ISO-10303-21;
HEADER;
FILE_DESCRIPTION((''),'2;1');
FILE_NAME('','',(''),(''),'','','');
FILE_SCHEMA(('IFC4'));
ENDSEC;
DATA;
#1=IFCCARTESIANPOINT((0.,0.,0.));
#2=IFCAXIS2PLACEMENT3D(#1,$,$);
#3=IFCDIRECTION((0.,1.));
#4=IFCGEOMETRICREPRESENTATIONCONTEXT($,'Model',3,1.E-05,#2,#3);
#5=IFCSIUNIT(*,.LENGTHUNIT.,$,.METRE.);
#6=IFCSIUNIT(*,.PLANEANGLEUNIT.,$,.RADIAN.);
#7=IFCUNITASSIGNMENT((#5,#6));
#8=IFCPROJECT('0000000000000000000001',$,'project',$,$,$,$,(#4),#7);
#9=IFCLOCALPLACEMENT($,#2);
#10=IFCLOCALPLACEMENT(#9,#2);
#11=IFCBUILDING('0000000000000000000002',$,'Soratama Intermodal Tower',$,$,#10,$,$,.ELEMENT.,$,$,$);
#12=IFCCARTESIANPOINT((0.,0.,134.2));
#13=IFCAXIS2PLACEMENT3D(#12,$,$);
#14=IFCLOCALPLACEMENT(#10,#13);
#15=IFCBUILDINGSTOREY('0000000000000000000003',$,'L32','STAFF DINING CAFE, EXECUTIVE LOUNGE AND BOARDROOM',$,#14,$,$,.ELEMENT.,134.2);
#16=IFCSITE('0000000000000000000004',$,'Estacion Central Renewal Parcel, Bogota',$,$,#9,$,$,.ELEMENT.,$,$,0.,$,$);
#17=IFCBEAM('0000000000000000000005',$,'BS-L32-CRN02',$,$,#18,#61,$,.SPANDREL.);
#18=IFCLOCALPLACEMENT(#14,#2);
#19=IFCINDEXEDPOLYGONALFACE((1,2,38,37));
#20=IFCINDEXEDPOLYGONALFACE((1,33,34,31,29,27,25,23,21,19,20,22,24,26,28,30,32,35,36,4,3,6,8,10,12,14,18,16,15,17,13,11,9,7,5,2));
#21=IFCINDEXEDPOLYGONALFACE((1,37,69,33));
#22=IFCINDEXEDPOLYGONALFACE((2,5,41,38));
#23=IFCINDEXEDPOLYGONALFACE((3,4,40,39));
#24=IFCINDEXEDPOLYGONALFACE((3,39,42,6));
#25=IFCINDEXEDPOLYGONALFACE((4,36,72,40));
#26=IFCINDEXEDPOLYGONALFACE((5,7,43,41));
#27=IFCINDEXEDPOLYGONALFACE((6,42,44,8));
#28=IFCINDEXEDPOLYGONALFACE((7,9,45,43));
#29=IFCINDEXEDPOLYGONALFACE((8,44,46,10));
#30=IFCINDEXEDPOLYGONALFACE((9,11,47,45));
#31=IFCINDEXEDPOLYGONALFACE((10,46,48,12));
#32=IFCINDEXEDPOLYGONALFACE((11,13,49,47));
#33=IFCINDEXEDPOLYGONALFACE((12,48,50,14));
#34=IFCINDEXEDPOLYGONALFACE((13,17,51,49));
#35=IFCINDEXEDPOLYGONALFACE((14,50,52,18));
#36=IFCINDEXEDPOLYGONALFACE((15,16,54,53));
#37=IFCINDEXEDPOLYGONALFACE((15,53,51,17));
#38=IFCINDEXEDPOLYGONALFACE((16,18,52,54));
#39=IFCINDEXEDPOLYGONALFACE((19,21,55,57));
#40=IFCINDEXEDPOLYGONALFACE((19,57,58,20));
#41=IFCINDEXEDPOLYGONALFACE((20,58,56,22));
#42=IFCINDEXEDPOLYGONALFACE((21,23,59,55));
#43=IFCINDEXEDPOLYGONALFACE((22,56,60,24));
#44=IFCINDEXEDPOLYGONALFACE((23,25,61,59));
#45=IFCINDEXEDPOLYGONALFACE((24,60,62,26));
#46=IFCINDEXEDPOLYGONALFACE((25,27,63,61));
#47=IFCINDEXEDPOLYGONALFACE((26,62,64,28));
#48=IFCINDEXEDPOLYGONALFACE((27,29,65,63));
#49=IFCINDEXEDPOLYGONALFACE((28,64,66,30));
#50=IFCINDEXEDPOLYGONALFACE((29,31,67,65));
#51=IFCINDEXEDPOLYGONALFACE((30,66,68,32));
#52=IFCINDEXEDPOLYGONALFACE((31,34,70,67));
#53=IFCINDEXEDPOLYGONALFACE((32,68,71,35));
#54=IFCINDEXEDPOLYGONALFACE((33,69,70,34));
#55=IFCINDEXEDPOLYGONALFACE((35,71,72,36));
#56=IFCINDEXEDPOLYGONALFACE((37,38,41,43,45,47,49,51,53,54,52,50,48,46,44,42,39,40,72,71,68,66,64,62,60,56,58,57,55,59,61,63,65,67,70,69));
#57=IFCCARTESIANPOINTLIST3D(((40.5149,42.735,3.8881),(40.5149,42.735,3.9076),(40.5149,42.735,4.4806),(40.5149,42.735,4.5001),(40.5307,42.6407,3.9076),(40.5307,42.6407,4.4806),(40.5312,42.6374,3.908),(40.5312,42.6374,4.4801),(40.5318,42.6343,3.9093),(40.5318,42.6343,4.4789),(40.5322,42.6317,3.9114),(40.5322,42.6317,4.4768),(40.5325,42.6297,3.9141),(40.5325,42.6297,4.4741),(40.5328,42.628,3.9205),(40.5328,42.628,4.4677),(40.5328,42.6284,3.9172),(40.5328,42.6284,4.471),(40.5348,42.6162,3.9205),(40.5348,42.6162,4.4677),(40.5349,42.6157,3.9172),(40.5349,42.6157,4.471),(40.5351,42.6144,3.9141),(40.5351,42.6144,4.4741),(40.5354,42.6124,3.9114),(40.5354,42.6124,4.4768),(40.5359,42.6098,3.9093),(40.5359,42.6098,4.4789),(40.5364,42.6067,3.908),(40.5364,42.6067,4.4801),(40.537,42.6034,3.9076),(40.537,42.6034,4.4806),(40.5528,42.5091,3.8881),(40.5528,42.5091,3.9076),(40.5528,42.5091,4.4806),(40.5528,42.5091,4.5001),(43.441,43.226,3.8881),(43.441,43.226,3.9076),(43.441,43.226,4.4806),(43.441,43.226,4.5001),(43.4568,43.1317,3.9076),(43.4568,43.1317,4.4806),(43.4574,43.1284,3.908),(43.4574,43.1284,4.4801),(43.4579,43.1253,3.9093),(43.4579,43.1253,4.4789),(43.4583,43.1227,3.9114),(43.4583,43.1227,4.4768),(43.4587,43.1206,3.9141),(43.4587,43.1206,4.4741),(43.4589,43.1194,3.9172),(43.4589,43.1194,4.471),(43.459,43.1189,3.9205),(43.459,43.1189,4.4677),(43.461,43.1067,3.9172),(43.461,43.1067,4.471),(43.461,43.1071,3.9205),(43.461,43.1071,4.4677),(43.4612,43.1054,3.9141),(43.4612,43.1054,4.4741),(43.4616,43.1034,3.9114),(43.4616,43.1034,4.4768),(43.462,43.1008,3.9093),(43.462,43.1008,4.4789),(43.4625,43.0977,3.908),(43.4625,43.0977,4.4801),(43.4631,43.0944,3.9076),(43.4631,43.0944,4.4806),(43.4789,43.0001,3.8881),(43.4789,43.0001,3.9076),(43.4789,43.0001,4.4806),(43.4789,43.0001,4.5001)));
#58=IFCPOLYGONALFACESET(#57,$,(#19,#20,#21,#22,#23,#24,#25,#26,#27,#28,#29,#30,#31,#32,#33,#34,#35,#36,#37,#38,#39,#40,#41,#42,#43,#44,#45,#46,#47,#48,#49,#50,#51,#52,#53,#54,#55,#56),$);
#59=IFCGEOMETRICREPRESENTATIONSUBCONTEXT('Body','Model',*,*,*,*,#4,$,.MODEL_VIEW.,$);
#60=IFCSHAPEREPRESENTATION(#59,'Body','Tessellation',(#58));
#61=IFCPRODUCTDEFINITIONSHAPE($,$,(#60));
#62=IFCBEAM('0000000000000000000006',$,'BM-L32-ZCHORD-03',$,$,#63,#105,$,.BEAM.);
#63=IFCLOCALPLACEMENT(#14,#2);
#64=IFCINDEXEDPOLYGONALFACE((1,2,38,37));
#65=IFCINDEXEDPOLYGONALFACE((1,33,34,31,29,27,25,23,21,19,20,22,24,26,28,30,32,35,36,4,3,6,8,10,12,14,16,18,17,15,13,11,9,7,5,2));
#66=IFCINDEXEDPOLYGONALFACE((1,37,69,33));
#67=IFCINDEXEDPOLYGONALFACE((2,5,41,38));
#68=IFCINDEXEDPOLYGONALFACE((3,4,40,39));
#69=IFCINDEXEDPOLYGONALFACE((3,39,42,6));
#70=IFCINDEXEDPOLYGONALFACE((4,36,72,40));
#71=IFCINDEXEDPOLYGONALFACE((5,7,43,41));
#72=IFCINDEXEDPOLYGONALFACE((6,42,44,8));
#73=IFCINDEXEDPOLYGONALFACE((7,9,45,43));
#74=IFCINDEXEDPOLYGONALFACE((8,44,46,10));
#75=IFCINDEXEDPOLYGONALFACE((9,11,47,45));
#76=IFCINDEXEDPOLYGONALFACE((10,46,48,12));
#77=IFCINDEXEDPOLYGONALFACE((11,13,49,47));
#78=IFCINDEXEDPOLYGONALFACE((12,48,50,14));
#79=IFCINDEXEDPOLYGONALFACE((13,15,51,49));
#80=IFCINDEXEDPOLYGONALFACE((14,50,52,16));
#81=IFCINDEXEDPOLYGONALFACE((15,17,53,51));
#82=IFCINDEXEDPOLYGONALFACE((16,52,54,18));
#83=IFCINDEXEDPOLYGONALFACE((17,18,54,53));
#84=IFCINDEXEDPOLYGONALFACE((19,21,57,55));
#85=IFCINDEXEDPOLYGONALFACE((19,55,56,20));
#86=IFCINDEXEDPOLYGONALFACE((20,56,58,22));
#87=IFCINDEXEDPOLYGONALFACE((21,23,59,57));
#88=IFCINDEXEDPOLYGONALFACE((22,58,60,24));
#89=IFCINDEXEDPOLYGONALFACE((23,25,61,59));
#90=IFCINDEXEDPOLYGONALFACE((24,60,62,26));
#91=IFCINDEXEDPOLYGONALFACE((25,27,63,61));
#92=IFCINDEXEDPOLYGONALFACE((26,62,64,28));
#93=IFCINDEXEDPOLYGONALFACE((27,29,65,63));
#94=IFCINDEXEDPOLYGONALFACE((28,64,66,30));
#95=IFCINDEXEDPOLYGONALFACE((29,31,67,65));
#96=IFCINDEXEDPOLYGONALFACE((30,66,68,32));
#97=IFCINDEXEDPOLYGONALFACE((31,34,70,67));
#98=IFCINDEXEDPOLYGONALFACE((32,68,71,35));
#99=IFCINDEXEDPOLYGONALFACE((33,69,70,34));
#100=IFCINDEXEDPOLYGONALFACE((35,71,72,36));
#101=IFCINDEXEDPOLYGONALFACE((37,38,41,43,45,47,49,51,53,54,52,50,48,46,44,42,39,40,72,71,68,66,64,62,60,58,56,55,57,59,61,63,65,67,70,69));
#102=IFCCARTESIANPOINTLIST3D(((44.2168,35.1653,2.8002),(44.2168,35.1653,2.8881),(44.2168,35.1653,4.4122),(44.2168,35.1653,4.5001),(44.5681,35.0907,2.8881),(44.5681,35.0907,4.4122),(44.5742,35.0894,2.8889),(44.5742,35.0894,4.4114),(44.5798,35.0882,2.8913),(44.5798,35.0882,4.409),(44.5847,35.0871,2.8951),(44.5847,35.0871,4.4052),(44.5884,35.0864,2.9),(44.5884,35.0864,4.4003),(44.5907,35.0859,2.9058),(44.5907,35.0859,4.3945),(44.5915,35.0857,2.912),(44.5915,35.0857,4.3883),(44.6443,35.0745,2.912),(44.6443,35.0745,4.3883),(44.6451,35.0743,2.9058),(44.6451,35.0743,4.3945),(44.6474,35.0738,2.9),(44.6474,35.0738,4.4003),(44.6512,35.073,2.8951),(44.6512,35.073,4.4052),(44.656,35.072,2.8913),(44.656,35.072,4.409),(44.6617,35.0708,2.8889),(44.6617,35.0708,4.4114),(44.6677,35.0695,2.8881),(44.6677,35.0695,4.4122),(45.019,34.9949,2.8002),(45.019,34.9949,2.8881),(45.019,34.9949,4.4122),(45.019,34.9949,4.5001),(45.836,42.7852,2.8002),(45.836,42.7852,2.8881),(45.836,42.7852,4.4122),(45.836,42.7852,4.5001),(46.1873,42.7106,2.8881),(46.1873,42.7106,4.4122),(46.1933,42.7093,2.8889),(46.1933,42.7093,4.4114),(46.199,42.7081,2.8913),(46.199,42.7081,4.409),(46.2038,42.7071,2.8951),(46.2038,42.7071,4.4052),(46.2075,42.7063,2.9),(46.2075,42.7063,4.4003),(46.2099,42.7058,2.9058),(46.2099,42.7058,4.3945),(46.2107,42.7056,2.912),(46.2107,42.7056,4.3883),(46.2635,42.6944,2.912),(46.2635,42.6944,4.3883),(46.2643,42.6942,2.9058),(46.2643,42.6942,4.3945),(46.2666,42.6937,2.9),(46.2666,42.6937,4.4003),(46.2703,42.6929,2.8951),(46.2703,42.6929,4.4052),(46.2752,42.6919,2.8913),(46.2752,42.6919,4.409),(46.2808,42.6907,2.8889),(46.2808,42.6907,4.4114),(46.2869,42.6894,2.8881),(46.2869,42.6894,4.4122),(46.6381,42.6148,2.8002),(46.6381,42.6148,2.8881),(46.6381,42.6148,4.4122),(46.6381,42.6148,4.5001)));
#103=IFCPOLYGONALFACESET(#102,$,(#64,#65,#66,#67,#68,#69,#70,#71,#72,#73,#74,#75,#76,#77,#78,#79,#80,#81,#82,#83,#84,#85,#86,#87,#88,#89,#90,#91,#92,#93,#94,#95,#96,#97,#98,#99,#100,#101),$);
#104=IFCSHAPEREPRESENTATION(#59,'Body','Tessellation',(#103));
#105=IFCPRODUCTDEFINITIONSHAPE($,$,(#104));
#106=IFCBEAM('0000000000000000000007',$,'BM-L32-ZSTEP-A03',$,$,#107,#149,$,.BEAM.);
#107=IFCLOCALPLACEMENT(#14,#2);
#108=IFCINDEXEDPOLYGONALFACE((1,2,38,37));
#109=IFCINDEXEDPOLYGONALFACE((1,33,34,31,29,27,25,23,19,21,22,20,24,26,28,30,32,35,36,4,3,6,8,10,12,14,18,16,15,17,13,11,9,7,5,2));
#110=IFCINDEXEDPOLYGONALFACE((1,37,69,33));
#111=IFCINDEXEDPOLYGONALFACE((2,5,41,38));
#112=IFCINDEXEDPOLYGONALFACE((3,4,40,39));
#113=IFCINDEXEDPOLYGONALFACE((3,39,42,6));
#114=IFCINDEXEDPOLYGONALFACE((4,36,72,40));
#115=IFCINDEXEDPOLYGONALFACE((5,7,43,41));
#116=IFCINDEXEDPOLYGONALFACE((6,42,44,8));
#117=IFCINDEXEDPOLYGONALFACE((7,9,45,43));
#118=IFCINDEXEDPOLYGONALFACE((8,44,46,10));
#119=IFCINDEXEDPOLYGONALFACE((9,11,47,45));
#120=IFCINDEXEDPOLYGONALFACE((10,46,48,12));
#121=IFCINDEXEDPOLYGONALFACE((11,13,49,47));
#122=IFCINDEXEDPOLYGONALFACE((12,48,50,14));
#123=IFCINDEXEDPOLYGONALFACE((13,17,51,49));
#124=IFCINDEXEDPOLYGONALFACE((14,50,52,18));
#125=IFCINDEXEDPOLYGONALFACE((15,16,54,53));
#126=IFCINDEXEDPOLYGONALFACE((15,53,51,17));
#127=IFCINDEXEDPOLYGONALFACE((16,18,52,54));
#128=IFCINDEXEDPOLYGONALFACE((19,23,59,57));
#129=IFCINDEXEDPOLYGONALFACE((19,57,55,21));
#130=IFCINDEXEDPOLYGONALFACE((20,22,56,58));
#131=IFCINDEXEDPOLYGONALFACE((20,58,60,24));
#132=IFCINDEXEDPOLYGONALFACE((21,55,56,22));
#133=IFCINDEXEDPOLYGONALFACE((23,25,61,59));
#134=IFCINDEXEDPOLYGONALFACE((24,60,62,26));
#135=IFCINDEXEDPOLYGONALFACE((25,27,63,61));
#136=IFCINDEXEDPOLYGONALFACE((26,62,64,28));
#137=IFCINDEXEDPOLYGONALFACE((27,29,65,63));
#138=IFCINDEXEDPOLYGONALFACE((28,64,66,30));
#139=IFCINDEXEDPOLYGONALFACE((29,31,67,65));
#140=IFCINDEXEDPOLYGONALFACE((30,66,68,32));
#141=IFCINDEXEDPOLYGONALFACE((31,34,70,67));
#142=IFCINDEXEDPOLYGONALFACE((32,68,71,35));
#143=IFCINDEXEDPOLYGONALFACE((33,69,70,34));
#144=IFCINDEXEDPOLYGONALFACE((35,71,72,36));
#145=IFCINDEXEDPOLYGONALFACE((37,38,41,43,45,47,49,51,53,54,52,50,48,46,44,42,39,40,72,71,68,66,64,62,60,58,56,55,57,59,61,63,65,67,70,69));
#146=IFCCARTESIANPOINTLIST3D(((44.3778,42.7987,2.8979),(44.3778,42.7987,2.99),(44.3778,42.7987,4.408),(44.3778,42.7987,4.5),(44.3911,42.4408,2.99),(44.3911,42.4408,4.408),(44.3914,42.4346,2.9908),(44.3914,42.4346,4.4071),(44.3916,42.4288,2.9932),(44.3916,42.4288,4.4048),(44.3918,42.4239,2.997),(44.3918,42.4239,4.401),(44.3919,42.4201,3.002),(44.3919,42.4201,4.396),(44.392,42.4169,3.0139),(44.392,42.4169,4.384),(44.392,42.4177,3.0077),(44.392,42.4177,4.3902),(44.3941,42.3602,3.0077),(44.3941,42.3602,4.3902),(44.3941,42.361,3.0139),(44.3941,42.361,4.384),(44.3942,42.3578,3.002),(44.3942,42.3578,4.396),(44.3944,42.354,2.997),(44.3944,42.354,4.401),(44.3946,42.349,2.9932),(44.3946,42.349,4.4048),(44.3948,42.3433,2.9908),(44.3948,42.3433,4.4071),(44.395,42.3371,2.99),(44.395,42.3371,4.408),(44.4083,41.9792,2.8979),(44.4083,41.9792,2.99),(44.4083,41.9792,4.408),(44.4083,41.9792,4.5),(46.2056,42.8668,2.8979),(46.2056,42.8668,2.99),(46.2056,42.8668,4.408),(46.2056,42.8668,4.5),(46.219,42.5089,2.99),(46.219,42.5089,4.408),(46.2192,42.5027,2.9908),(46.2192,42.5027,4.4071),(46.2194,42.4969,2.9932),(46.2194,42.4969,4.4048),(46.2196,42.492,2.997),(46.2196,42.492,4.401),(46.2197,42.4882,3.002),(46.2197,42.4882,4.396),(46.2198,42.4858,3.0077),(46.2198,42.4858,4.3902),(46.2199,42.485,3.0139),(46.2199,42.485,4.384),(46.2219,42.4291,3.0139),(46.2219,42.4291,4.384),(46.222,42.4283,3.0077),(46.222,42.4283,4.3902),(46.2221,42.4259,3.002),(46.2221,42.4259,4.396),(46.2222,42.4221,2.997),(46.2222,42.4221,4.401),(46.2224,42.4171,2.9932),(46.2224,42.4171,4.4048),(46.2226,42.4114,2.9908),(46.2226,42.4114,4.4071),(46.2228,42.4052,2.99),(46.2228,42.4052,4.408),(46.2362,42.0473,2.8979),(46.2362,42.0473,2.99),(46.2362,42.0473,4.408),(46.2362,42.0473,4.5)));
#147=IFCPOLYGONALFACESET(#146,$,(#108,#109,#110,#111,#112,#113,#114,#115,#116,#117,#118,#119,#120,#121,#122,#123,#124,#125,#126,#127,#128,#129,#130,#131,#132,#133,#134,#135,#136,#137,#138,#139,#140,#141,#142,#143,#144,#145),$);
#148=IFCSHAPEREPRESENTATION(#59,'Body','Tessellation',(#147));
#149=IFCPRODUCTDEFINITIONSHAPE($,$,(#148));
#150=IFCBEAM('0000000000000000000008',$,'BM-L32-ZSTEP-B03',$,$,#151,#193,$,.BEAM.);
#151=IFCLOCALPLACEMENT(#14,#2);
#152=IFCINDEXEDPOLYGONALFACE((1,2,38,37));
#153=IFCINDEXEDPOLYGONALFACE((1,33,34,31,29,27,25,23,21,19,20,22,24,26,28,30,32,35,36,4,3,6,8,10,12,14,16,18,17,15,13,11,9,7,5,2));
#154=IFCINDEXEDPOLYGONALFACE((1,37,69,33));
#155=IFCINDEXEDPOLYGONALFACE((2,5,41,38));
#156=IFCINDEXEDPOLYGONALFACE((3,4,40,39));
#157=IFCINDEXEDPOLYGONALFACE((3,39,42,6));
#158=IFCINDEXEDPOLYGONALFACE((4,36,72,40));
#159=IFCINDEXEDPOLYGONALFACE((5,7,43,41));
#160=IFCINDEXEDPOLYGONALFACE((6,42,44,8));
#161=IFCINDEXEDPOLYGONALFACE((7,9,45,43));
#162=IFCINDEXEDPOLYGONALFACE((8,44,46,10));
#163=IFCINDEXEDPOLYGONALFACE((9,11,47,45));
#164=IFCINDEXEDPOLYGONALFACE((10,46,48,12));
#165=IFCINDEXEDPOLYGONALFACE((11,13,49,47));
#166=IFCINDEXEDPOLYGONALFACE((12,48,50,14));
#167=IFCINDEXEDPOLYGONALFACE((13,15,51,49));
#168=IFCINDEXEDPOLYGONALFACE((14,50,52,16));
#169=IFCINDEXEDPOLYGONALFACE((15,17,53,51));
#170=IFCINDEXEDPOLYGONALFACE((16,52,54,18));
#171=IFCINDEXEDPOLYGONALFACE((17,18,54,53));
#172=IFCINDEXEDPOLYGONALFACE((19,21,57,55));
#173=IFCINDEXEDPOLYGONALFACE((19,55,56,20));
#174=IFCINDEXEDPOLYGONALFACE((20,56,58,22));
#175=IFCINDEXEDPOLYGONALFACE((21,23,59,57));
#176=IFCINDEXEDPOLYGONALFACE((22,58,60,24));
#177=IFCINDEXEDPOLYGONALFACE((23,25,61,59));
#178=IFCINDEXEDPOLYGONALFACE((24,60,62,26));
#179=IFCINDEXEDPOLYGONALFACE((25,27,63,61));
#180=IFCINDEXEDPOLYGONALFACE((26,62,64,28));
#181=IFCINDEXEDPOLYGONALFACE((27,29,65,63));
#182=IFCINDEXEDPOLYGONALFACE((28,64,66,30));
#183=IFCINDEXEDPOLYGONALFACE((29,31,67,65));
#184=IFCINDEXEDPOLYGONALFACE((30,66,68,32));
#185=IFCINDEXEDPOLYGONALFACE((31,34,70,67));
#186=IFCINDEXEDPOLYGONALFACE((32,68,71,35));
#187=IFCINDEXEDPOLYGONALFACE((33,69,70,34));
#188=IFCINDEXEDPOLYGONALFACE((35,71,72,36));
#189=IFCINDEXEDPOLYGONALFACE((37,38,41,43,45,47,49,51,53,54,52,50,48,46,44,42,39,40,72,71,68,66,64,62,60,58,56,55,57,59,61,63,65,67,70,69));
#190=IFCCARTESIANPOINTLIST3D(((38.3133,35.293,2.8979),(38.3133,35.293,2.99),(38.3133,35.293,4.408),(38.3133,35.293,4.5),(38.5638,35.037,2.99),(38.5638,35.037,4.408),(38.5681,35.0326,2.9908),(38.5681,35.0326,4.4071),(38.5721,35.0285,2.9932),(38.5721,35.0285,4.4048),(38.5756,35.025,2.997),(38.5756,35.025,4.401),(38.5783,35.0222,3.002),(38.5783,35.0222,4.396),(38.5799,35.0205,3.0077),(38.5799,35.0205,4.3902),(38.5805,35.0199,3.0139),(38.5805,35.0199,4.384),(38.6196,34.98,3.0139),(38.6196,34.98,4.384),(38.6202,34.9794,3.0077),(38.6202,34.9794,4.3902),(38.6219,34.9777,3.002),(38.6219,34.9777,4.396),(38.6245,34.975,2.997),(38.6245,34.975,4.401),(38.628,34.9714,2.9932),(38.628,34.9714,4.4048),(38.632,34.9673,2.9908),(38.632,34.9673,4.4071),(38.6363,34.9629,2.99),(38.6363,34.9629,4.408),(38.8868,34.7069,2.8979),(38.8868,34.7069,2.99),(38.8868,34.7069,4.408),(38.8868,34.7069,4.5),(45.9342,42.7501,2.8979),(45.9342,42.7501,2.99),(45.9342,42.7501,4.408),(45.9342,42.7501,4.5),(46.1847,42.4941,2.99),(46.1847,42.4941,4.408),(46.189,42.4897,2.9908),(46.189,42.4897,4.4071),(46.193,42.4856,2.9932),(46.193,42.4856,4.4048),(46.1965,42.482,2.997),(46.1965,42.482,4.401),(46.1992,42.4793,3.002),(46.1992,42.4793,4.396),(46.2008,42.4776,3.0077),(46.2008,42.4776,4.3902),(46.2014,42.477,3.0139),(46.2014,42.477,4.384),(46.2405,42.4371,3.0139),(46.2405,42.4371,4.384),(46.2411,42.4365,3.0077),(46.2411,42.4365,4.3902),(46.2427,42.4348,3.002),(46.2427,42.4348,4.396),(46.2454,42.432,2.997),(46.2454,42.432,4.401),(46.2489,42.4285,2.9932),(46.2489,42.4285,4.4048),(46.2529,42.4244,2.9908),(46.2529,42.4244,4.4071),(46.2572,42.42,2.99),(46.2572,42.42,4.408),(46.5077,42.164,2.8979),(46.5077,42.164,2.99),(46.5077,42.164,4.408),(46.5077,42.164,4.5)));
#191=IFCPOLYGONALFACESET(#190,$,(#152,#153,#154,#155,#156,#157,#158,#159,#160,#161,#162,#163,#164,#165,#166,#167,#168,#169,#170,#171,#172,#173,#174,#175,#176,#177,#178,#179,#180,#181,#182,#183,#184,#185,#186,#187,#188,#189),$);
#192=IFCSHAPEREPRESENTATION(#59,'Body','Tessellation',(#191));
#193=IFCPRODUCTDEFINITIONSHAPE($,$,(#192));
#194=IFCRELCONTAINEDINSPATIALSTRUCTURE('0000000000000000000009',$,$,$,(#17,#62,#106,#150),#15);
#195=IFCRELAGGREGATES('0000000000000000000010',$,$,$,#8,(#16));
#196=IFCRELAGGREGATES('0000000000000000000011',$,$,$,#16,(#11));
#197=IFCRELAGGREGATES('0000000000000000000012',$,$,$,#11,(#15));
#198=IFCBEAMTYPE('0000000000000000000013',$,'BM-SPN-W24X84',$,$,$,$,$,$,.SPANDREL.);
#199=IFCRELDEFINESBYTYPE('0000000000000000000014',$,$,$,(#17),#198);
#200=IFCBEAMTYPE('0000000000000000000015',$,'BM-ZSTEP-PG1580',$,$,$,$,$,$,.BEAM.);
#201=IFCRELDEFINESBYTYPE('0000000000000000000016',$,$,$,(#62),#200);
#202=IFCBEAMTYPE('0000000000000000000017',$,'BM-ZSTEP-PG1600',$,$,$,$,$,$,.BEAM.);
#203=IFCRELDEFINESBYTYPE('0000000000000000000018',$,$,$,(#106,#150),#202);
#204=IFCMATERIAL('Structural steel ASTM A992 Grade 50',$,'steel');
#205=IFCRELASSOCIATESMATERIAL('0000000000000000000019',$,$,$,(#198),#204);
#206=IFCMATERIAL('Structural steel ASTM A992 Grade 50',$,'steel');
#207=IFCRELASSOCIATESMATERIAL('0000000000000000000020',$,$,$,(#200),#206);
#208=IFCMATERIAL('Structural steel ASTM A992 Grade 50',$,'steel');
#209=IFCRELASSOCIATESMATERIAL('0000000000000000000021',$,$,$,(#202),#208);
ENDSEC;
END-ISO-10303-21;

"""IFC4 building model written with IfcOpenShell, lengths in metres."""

from ifc_helpers import new_model, si_unit, direction, frame, origin, origin_2d, place, context, subcontext, project, spatial, i_section, extrude, material, material_profile, profile_set, type_object, element, save


model = new_model("IFC4")

# Units and contexts
model_context = context("Model", 3, precision=1e-05, world=origin(), true_north=direction((0.0, 1.0)))
body_context = subcontext(model_context, "Body", "Model", "MODEL_VIEW")
ifc_project = project(units=[si_unit("LENGTHUNIT", "METRE"), si_unit("PLANEANGLEUNIT", "RADIAN")], contexts=[model_context])

# Site, building, storey
site_placement = place(None, origin())
site = spatial("IfcSite", under=ifc_project, at=site_placement, Name="Estacion Central Renewal Parcel, Bogota", CompositionType="ELEMENT", RefElevation=0.0)
building_placement = place(site_placement, origin())
building = spatial("IfcBuilding", under=site, at=building_placement, Name="Soratama Intermodal Tower", CompositionType="ELEMENT")
storey_placement = place(building_placement, frame((0.0, 0.0, 134.2)))
storey = spatial("IfcBuildingStorey", under=building, at=storey_placement, Name="L32", Description="STAFF DINING CAFE, EXECUTIVE LOUNGE AND BOARDROOM", CompositionType="ELEMENT", Elevation=134.2)

# Beams
ifc_material_1 = material(Name="Structural steel ASTM A992 Grade 50", Category="steel")
ifc_material_profile_1 = material_profile(ifc_material_1, i_section(OverallWidth=0.229, OverallDepth=0.6121, WebThickness=0.012, FlangeThickness=0.0195, FilletRadius=0.0129, at=origin_2d()), Name="W24X84")
ifc_profile_set_1 = profile_set([ifc_material_profile_1], Name="Structural steel ASTM A992 Grade 50")
beam_type_1 = type_object("IfcBeamType", Name="BM-SPN-W24X84", PredefinedType="SPANDREL", material=ifc_profile_set_1)
beam_1_placement = place(storey_placement, frame((43.46, 43.113, 4.1941), z_axis=(-0.986213, -0.16548, 0.0), x_axis=(0.16548, -0.986213, 0.0)))
element("IfcBeam", 1, at=beam_1_placement, inside=storey, type_object=beam_type_1, Name="BS-L32-CRN02", PredefinedType="SPANDREL", context=body_context, shape_type="SweptSolid", body=[
    extrude(i_section(OverallWidth=0.229, OverallDepth=0.6121, WebThickness=0.012, FlangeThickness=0.0195, FilletRadius=0.0129, at=origin_2d()), origin(), (0.0, 0.0, 1.0), 2.967),
])
ifc_material_2 = material(Name="Structural steel ASTM A992 Grade 50", Category="steel")
ifc_material_profile_2 = material_profile(ifc_material_2, i_section(OverallWidth=0.8201, OverallDepth=1.7, WebThickness=0.054, FlangeThickness=0.0879, FilletRadius=0.0239, at=origin_2d()), Name="PG1580X800")
ifc_profile_set_2 = profile_set([ifc_material_profile_2], Name="Structural steel ASTM A992 Grade 50")
beam_type_2 = type_object("IfcBeamType", Name="BM-ZSTEP-PG1580", PredefinedType="BEAM", material=ifc_profile_set_2)
beam_2_placement = place(storey_placement, frame((44.6179, 35.0801, 3.6501), z_axis=(0.207849, 0.978161, 0.0), x_axis=(-0.978161, 0.207849, 0.0)))
element("IfcBeam", 2, at=beam_2_placement, inside=storey, type_object=beam_type_2, Name="BM-L32-ZCHORD-03", PredefinedType="BEAM", context=body_context, shape_type="SweptSolid", body=[
    extrude(i_section(OverallWidth=0.8201, OverallDepth=1.7, WebThickness=0.054, FlangeThickness=0.0879, FilletRadius=0.0239, at=origin_2d()), origin(), (0.0, 0.0, 1.0), 7.79),
])
ifc_material_3 = material(Name="Structural steel ASTM A992 Grade 50", Category="steel")
ifc_material_profile_3 = material_profile(ifc_material_3, i_section(OverallWidth=0.8201, OverallDepth=1.6021, WebThickness=0.0559, FlangeThickness=0.092, FilletRadius=0.0239, at=origin_2d()), Name="PG1600X650")
ifc_profile_set_3 = profile_set([ifc_material_profile_3], Name="Structural steel ASTM A992 Grade 50")
beam_type_3 = type_object("IfcBeamType", Name="BM-ZSTEP-PG1600", PredefinedType="BEAM", material=ifc_profile_set_3)
beam_3_placement = place(storey_placement, frame((44.3931, 42.3889, 3.699), z_axis=(0.999306, 0.037239, 0.0), x_axis=(-0.037239, 0.999306, 0.0)))
element("IfcBeam", 3, at=beam_3_placement, inside=storey, type_object=beam_type_3, Name="BM-L32-ZSTEP-A03", PredefinedType="BEAM", context=body_context, shape_type="SweptSolid", body=[
    extrude(i_section(OverallWidth=0.8201, OverallDepth=1.6021, WebThickness=0.0559, FlangeThickness=0.092, FilletRadius=0.0239, at=origin_2d()), origin(), (0.0, 0.0, 1.0), 1.8291),
])
beam_4_placement = place(storey_placement, frame((46.2209, 42.457, 3.699), z_axis=(-0.714747, -0.699383, 0.0), x_axis=(0.699383, -0.714747, 0.0)))
element("IfcBeam", 4, at=beam_4_placement, inside=storey, type_object=beam_type_3, Name="BM-L32-ZSTEP-B03", PredefinedType="BEAM", context=body_context, shape_type="SweptSolid", body=[
    extrude(i_section(OverallWidth=0.8201, OverallDepth=1.6021, WebThickness=0.0559, FlangeThickness=0.092, FilletRadius=0.0239, at=origin_2d()), origin(), (0.0, 0.0, 1.0), 10.6624),
])

save(model, "model.ifc")
